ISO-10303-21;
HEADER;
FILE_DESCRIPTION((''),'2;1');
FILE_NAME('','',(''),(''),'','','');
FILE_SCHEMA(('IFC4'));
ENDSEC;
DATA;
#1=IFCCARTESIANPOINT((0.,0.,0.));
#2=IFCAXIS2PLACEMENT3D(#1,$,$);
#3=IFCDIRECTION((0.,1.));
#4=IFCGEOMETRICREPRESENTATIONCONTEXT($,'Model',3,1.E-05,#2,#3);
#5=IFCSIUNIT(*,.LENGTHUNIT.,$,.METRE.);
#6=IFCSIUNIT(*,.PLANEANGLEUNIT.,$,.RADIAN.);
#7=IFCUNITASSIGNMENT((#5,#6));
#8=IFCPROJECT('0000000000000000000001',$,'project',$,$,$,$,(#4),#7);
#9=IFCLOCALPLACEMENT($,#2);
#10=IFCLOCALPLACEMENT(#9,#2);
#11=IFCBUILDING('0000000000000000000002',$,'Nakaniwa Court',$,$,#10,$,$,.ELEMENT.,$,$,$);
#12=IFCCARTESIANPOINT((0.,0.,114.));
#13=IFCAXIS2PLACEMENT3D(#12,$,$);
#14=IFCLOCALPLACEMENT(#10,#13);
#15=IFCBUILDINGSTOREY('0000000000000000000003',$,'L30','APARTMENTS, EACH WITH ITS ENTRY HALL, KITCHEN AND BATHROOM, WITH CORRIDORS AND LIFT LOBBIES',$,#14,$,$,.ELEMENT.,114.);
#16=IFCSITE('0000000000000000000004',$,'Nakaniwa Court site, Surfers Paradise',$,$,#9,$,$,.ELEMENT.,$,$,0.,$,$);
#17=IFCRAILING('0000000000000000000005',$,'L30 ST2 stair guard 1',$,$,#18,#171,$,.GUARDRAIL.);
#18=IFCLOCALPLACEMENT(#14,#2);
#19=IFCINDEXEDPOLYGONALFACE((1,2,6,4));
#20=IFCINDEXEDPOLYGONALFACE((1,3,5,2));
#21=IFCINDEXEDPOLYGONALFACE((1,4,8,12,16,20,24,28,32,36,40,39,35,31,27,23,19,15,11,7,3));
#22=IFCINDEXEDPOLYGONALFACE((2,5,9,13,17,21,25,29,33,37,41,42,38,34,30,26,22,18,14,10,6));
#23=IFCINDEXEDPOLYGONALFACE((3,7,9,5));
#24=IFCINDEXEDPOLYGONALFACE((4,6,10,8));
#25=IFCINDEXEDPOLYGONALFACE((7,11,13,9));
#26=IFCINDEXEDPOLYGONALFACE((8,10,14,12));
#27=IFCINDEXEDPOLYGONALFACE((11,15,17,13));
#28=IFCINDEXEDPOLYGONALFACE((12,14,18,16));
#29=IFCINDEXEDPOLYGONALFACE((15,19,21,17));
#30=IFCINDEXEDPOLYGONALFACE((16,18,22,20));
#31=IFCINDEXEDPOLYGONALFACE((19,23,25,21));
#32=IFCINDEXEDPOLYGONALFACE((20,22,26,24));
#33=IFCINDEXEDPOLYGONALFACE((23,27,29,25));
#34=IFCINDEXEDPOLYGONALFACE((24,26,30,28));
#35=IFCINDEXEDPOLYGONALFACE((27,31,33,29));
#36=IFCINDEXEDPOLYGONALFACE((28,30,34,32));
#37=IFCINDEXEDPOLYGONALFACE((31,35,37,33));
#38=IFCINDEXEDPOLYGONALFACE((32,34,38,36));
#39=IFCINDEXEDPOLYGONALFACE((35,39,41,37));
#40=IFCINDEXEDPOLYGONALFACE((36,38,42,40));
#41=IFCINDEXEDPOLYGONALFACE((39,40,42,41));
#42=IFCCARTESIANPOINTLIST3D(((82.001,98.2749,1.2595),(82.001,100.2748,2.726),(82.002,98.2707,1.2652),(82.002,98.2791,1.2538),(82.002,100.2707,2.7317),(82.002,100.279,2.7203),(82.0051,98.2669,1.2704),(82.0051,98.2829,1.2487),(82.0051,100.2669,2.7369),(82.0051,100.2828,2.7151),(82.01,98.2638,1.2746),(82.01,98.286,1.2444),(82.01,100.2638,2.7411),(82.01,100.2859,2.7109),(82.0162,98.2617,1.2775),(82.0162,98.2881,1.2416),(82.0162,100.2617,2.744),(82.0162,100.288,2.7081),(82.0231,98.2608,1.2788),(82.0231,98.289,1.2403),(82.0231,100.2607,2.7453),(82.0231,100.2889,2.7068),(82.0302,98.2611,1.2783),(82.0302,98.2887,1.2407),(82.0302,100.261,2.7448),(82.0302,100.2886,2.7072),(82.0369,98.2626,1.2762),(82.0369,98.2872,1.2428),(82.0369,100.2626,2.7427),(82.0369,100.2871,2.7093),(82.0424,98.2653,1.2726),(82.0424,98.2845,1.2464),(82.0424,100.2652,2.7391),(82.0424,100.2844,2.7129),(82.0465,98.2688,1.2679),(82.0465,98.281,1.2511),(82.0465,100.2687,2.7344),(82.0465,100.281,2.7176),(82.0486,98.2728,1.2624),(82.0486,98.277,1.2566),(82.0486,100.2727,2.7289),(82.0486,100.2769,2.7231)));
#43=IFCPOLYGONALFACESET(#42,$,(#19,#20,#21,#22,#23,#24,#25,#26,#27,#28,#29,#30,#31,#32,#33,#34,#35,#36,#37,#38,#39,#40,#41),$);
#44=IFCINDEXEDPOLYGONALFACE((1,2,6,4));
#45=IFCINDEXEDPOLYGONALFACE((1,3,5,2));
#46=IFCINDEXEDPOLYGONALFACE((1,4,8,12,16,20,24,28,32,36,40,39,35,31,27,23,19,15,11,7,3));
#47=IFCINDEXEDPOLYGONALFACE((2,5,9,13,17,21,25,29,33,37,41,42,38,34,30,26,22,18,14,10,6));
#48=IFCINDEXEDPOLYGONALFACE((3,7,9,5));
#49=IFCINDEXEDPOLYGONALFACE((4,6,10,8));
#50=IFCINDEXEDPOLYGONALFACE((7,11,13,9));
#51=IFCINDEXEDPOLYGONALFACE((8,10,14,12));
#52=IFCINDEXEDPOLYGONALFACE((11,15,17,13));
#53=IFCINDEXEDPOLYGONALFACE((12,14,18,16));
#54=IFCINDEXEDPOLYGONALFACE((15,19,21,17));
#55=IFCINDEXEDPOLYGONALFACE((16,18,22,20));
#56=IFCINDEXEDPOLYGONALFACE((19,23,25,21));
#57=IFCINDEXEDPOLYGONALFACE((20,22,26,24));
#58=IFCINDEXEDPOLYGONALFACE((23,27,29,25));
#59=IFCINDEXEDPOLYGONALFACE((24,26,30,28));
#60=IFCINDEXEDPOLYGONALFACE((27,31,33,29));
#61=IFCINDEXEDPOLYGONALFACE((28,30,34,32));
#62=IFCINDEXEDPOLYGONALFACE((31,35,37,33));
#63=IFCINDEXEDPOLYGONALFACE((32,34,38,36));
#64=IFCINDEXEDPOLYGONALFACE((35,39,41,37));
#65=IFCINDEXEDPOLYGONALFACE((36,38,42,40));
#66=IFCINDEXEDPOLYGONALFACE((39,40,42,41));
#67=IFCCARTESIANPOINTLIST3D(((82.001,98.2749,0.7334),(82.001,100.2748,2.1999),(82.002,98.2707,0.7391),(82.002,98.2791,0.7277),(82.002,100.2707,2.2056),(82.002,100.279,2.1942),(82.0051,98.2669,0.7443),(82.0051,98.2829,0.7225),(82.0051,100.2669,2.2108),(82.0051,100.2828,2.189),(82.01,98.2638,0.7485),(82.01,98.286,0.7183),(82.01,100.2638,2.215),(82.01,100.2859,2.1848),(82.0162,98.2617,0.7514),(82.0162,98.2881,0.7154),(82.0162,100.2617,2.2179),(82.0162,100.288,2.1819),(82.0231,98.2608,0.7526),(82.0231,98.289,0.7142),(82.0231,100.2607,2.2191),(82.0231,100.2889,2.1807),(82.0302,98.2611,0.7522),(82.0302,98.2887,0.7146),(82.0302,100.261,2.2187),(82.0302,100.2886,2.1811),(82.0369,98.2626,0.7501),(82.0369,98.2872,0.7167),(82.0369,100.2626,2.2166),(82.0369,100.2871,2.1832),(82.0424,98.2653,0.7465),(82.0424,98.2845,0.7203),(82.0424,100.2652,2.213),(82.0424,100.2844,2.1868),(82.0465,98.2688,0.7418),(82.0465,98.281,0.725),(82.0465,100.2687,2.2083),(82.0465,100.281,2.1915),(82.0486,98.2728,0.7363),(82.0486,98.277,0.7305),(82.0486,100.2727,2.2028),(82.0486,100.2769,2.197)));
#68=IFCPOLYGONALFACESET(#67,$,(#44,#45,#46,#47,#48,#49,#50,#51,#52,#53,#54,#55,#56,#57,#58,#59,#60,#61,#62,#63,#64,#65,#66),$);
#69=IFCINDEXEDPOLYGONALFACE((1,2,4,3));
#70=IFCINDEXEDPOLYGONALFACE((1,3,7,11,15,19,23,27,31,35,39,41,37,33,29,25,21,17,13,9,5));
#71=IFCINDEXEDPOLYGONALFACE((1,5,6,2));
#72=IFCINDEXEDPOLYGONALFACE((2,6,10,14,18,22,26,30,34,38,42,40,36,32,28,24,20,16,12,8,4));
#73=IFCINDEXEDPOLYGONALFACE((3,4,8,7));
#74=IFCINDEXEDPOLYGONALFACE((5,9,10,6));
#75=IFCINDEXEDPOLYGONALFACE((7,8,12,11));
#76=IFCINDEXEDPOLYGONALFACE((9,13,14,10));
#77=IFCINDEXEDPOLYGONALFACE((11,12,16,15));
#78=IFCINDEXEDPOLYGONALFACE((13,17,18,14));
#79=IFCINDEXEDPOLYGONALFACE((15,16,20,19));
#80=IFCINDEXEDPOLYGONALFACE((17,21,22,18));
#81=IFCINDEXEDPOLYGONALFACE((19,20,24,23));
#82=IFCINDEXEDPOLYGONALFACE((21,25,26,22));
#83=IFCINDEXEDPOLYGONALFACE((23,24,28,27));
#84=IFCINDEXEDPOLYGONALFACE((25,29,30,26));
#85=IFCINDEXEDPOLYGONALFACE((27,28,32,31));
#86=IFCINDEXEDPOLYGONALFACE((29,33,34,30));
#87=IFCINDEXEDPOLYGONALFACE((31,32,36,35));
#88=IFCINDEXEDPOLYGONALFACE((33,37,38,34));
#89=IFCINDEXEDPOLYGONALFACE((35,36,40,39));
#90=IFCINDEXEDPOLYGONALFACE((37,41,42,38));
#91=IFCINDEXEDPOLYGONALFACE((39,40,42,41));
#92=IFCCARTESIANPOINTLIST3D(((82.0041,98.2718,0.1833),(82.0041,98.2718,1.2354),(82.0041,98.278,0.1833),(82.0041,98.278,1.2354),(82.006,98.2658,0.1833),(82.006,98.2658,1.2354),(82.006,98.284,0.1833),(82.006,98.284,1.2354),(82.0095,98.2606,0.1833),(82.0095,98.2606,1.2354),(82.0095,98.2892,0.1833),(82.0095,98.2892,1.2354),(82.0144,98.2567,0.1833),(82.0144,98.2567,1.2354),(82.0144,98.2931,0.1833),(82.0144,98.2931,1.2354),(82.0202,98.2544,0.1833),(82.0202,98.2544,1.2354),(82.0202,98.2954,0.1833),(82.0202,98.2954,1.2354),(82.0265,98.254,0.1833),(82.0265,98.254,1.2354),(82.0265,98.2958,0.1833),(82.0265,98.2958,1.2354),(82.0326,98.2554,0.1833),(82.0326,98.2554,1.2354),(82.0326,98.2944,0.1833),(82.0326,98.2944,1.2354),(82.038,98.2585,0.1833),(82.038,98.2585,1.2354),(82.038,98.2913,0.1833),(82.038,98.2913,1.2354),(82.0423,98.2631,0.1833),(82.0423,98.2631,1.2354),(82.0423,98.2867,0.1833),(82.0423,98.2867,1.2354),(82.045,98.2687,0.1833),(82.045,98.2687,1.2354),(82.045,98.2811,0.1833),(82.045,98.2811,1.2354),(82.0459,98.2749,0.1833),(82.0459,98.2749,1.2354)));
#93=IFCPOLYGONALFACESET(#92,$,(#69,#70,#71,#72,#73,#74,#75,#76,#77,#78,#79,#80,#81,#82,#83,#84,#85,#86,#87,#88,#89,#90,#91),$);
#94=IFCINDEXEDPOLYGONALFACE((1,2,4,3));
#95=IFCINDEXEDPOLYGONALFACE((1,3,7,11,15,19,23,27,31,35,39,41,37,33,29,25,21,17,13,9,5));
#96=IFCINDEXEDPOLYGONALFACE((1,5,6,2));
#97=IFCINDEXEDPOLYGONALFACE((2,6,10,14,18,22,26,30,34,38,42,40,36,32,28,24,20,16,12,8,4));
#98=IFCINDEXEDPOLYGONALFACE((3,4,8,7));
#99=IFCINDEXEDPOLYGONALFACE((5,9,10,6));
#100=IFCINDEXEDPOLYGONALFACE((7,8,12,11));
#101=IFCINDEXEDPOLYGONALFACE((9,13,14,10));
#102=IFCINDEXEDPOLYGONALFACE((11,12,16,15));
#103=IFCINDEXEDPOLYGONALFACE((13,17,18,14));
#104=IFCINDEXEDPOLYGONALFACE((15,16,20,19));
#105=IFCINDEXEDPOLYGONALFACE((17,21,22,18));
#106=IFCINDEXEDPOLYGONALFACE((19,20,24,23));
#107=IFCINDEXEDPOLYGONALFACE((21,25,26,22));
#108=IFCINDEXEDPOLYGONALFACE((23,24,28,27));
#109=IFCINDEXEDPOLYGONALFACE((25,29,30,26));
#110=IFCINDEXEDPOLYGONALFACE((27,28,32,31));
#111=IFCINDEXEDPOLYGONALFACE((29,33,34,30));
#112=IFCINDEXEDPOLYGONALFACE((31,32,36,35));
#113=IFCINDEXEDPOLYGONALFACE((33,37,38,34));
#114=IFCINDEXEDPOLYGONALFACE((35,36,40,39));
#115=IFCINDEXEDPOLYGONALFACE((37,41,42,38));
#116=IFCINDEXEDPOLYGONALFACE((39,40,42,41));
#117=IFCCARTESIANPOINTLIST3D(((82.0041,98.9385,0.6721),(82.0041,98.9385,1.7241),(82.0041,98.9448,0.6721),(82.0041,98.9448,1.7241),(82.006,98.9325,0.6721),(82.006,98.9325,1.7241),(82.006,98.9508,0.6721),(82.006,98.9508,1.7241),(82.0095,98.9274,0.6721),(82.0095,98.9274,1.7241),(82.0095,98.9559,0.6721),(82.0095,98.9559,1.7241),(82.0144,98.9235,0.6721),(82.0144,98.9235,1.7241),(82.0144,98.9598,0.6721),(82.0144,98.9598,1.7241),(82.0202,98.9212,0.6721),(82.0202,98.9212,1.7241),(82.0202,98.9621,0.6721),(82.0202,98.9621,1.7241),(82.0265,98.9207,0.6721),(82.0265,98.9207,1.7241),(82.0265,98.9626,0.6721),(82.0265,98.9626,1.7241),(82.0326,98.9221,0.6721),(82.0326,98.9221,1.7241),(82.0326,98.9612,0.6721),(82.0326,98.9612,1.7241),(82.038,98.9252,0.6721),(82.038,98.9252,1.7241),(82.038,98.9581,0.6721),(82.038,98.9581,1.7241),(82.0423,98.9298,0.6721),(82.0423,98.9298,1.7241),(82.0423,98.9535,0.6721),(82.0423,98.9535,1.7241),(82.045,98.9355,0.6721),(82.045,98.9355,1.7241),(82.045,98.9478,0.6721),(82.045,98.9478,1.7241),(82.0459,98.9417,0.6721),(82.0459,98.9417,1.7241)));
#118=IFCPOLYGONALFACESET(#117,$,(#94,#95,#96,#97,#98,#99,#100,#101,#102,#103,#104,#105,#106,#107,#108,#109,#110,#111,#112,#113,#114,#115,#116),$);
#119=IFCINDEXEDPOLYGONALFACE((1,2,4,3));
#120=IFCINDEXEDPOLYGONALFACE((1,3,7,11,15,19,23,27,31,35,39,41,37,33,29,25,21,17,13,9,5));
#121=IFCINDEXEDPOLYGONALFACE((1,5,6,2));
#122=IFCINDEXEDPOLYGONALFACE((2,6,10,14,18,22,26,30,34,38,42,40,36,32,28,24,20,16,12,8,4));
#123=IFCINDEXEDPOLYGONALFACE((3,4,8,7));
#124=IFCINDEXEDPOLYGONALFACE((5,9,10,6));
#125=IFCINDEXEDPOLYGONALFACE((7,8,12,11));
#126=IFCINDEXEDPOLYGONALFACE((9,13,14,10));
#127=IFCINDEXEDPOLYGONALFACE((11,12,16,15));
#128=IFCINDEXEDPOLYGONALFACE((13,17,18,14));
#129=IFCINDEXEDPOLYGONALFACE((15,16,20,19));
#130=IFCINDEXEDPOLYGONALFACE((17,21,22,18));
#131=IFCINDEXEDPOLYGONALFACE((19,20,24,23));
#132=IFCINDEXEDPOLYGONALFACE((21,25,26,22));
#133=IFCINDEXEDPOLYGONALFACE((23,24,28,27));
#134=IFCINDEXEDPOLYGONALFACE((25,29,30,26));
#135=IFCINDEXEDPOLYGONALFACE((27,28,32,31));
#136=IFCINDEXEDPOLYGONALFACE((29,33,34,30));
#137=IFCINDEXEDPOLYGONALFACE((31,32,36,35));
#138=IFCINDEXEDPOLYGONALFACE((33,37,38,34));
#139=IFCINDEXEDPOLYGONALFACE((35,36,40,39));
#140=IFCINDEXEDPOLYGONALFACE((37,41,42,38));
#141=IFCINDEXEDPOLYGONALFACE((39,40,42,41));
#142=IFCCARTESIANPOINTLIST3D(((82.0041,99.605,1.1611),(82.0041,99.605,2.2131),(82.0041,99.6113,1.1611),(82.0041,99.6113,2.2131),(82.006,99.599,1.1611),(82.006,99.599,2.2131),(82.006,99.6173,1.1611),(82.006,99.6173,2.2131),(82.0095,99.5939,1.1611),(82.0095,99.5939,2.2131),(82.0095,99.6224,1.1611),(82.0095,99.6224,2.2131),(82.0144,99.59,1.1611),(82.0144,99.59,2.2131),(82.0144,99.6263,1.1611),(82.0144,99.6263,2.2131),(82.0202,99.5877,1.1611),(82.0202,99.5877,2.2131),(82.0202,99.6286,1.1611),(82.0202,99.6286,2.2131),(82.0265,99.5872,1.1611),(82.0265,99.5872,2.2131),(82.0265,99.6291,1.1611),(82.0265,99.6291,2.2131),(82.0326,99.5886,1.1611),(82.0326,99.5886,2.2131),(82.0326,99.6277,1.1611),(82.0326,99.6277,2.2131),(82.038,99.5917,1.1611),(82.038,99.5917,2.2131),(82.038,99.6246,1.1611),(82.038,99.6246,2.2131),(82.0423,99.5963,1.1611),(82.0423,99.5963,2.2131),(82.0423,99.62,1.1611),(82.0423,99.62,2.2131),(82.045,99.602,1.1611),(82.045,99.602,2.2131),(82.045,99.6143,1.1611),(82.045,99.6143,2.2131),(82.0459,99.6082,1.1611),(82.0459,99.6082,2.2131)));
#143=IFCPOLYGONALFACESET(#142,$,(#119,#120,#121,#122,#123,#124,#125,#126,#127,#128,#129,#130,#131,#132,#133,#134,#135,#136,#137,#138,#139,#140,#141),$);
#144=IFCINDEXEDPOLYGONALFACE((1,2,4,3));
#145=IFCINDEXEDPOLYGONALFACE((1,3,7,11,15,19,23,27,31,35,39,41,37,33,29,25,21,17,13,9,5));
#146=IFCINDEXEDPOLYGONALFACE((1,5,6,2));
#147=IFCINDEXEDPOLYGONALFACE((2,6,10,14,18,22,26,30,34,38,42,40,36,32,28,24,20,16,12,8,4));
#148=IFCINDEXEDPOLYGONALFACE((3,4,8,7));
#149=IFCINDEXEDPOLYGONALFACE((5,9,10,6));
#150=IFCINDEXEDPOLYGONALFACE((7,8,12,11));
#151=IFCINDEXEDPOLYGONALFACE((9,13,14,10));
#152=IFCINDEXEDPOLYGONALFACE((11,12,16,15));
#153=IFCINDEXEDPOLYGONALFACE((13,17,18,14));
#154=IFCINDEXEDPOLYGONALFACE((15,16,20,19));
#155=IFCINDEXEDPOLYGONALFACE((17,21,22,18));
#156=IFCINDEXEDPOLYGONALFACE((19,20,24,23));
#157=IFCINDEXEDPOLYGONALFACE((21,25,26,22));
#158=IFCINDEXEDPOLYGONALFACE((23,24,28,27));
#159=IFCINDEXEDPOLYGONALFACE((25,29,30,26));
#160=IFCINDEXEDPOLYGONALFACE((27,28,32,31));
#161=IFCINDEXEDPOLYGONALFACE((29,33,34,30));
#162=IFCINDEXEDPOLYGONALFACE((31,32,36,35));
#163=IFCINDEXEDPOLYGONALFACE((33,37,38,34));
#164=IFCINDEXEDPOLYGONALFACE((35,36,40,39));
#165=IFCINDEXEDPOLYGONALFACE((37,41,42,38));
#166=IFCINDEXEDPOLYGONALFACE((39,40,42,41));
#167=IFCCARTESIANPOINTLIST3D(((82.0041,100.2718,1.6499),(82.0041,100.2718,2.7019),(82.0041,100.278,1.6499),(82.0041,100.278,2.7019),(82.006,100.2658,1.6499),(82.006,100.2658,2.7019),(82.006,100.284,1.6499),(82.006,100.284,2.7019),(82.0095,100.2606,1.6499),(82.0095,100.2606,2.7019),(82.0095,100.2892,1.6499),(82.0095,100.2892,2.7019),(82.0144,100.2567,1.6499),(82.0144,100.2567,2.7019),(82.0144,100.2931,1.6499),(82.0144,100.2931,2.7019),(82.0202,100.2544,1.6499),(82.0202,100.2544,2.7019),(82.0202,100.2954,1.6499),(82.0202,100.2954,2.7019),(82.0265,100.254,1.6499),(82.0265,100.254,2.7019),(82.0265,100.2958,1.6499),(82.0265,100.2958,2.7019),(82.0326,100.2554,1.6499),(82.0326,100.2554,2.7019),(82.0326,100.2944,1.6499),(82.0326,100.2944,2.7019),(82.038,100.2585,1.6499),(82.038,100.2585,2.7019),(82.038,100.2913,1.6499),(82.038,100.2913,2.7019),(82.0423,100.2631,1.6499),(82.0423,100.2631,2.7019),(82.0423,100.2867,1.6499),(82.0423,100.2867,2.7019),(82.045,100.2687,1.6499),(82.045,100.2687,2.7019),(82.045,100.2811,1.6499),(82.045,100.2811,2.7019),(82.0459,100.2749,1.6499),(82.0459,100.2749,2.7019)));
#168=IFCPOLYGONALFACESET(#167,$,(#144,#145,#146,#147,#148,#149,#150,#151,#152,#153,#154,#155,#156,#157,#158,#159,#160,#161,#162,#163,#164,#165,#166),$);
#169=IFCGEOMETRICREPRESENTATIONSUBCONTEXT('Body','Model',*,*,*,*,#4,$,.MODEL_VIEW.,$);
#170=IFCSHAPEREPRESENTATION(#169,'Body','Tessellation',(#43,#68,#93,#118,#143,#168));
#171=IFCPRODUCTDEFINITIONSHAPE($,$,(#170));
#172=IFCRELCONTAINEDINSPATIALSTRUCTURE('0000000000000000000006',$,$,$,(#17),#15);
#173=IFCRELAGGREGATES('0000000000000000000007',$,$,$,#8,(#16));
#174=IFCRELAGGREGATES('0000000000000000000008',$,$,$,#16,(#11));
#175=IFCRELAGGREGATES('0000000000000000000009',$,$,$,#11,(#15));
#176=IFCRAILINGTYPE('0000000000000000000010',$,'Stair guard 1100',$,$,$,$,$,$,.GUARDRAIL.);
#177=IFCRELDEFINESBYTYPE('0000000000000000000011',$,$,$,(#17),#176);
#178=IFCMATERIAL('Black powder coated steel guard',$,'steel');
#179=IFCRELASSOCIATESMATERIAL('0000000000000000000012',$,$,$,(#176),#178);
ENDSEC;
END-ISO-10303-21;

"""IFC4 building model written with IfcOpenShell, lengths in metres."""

from ifc_helpers import new_model, si_unit, direction, frame, origin, origin_2d, place, context, subcontext, project, spatial, circle, extrude, material, type_object, element, save


model = new_model("IFC4")

# Units and contexts
model_context = context("Model", 3, precision=1e-05, world=origin(), true_north=direction((0.0, 1.0)))
body_context = subcontext(model_context, "Body", "Model", "MODEL_VIEW")
ifc_project = project(units=[si_unit("LENGTHUNIT", "METRE"), si_unit("PLANEANGLEUNIT", "RADIAN")], contexts=[model_context])

# Site, building, storey
site_placement = place(None, origin())
site = spatial("IfcSite", under=ifc_project, at=site_placement, Name="Nakaniwa Court site, Surfers Paradise", CompositionType="ELEMENT", RefElevation=0.0)
building_placement = place(site_placement, origin())
building = spatial("IfcBuilding", under=site, at=building_placement, Name="Nakaniwa Court", CompositionType="ELEMENT")
storey_placement = place(building_placement, frame((0.0, 0.0, 114.0)))
storey = spatial("IfcBuildingStorey", under=building, at=storey_placement, Name="L30", Description="APARTMENTS, EACH WITH ITS ENTRY HALL, KITCHEN AND BATHROOM, WITH CORRIDORS AND LIFT LOBBIES", CompositionType="ELEMENT", Elevation=114.0)

# Railing
ifc_material_1 = material(Name="Black powder coated steel guard", Category="steel")
railing_type_1 = type_object("IfcRailingType", Name="Stair guard 1100", PredefinedType="GUARDRAIL", material=ifc_material_1)
railing_1_placement = place(storey_placement, frame((82.0249, 98.2749, 0.1833)))
element("IfcRailing", 1, at=railing_1_placement, inside=storey, type_object=railing_type_1, Name="L30 ST2 stair guard 1", PredefinedType="GUARDRAIL", context=body_context, shape_type="SweptSolid", body=[
    extrude(circle(Radius=0.0239, at=origin_2d()), frame((0.0, 0.0, 1.0762), z_axis=(0.0, 0.806427, 0.591334), x_axis=(-1.0, 0.0, 0.0)), (0.0, 0.0, 1.0), 2.48),
    extrude(circle(Radius=0.0239, at=origin_2d()), frame((0.0, 0.0, 0.55), z_axis=(0.0, 0.806427, 0.591334), x_axis=(-1.0, 0.0, 0.0)), (0.0, 0.0, 1.0), 2.48),
    extrude(circle(Radius=0.021, at=origin_2d()), origin(), (0.0, 0.0, 1.0), 1.052),
    extrude(circle(Radius=0.021, at=origin_2d()), frame((0.0, 0.6667, 0.4888)), (0.0, 0.0, 1.0), 1.052),
    extrude(circle(Radius=0.021, at=origin_2d()), frame((0.0, 1.3333, 0.9778)), (0.0, 0.0, 1.0), 1.052),
    extrude(circle(Radius=0.021, at=origin_2d()), frame((0.0, 2.0, 1.4666)), (0.0, 0.0, 1.0), 1.052),
])

save(model, "model.ifc")
